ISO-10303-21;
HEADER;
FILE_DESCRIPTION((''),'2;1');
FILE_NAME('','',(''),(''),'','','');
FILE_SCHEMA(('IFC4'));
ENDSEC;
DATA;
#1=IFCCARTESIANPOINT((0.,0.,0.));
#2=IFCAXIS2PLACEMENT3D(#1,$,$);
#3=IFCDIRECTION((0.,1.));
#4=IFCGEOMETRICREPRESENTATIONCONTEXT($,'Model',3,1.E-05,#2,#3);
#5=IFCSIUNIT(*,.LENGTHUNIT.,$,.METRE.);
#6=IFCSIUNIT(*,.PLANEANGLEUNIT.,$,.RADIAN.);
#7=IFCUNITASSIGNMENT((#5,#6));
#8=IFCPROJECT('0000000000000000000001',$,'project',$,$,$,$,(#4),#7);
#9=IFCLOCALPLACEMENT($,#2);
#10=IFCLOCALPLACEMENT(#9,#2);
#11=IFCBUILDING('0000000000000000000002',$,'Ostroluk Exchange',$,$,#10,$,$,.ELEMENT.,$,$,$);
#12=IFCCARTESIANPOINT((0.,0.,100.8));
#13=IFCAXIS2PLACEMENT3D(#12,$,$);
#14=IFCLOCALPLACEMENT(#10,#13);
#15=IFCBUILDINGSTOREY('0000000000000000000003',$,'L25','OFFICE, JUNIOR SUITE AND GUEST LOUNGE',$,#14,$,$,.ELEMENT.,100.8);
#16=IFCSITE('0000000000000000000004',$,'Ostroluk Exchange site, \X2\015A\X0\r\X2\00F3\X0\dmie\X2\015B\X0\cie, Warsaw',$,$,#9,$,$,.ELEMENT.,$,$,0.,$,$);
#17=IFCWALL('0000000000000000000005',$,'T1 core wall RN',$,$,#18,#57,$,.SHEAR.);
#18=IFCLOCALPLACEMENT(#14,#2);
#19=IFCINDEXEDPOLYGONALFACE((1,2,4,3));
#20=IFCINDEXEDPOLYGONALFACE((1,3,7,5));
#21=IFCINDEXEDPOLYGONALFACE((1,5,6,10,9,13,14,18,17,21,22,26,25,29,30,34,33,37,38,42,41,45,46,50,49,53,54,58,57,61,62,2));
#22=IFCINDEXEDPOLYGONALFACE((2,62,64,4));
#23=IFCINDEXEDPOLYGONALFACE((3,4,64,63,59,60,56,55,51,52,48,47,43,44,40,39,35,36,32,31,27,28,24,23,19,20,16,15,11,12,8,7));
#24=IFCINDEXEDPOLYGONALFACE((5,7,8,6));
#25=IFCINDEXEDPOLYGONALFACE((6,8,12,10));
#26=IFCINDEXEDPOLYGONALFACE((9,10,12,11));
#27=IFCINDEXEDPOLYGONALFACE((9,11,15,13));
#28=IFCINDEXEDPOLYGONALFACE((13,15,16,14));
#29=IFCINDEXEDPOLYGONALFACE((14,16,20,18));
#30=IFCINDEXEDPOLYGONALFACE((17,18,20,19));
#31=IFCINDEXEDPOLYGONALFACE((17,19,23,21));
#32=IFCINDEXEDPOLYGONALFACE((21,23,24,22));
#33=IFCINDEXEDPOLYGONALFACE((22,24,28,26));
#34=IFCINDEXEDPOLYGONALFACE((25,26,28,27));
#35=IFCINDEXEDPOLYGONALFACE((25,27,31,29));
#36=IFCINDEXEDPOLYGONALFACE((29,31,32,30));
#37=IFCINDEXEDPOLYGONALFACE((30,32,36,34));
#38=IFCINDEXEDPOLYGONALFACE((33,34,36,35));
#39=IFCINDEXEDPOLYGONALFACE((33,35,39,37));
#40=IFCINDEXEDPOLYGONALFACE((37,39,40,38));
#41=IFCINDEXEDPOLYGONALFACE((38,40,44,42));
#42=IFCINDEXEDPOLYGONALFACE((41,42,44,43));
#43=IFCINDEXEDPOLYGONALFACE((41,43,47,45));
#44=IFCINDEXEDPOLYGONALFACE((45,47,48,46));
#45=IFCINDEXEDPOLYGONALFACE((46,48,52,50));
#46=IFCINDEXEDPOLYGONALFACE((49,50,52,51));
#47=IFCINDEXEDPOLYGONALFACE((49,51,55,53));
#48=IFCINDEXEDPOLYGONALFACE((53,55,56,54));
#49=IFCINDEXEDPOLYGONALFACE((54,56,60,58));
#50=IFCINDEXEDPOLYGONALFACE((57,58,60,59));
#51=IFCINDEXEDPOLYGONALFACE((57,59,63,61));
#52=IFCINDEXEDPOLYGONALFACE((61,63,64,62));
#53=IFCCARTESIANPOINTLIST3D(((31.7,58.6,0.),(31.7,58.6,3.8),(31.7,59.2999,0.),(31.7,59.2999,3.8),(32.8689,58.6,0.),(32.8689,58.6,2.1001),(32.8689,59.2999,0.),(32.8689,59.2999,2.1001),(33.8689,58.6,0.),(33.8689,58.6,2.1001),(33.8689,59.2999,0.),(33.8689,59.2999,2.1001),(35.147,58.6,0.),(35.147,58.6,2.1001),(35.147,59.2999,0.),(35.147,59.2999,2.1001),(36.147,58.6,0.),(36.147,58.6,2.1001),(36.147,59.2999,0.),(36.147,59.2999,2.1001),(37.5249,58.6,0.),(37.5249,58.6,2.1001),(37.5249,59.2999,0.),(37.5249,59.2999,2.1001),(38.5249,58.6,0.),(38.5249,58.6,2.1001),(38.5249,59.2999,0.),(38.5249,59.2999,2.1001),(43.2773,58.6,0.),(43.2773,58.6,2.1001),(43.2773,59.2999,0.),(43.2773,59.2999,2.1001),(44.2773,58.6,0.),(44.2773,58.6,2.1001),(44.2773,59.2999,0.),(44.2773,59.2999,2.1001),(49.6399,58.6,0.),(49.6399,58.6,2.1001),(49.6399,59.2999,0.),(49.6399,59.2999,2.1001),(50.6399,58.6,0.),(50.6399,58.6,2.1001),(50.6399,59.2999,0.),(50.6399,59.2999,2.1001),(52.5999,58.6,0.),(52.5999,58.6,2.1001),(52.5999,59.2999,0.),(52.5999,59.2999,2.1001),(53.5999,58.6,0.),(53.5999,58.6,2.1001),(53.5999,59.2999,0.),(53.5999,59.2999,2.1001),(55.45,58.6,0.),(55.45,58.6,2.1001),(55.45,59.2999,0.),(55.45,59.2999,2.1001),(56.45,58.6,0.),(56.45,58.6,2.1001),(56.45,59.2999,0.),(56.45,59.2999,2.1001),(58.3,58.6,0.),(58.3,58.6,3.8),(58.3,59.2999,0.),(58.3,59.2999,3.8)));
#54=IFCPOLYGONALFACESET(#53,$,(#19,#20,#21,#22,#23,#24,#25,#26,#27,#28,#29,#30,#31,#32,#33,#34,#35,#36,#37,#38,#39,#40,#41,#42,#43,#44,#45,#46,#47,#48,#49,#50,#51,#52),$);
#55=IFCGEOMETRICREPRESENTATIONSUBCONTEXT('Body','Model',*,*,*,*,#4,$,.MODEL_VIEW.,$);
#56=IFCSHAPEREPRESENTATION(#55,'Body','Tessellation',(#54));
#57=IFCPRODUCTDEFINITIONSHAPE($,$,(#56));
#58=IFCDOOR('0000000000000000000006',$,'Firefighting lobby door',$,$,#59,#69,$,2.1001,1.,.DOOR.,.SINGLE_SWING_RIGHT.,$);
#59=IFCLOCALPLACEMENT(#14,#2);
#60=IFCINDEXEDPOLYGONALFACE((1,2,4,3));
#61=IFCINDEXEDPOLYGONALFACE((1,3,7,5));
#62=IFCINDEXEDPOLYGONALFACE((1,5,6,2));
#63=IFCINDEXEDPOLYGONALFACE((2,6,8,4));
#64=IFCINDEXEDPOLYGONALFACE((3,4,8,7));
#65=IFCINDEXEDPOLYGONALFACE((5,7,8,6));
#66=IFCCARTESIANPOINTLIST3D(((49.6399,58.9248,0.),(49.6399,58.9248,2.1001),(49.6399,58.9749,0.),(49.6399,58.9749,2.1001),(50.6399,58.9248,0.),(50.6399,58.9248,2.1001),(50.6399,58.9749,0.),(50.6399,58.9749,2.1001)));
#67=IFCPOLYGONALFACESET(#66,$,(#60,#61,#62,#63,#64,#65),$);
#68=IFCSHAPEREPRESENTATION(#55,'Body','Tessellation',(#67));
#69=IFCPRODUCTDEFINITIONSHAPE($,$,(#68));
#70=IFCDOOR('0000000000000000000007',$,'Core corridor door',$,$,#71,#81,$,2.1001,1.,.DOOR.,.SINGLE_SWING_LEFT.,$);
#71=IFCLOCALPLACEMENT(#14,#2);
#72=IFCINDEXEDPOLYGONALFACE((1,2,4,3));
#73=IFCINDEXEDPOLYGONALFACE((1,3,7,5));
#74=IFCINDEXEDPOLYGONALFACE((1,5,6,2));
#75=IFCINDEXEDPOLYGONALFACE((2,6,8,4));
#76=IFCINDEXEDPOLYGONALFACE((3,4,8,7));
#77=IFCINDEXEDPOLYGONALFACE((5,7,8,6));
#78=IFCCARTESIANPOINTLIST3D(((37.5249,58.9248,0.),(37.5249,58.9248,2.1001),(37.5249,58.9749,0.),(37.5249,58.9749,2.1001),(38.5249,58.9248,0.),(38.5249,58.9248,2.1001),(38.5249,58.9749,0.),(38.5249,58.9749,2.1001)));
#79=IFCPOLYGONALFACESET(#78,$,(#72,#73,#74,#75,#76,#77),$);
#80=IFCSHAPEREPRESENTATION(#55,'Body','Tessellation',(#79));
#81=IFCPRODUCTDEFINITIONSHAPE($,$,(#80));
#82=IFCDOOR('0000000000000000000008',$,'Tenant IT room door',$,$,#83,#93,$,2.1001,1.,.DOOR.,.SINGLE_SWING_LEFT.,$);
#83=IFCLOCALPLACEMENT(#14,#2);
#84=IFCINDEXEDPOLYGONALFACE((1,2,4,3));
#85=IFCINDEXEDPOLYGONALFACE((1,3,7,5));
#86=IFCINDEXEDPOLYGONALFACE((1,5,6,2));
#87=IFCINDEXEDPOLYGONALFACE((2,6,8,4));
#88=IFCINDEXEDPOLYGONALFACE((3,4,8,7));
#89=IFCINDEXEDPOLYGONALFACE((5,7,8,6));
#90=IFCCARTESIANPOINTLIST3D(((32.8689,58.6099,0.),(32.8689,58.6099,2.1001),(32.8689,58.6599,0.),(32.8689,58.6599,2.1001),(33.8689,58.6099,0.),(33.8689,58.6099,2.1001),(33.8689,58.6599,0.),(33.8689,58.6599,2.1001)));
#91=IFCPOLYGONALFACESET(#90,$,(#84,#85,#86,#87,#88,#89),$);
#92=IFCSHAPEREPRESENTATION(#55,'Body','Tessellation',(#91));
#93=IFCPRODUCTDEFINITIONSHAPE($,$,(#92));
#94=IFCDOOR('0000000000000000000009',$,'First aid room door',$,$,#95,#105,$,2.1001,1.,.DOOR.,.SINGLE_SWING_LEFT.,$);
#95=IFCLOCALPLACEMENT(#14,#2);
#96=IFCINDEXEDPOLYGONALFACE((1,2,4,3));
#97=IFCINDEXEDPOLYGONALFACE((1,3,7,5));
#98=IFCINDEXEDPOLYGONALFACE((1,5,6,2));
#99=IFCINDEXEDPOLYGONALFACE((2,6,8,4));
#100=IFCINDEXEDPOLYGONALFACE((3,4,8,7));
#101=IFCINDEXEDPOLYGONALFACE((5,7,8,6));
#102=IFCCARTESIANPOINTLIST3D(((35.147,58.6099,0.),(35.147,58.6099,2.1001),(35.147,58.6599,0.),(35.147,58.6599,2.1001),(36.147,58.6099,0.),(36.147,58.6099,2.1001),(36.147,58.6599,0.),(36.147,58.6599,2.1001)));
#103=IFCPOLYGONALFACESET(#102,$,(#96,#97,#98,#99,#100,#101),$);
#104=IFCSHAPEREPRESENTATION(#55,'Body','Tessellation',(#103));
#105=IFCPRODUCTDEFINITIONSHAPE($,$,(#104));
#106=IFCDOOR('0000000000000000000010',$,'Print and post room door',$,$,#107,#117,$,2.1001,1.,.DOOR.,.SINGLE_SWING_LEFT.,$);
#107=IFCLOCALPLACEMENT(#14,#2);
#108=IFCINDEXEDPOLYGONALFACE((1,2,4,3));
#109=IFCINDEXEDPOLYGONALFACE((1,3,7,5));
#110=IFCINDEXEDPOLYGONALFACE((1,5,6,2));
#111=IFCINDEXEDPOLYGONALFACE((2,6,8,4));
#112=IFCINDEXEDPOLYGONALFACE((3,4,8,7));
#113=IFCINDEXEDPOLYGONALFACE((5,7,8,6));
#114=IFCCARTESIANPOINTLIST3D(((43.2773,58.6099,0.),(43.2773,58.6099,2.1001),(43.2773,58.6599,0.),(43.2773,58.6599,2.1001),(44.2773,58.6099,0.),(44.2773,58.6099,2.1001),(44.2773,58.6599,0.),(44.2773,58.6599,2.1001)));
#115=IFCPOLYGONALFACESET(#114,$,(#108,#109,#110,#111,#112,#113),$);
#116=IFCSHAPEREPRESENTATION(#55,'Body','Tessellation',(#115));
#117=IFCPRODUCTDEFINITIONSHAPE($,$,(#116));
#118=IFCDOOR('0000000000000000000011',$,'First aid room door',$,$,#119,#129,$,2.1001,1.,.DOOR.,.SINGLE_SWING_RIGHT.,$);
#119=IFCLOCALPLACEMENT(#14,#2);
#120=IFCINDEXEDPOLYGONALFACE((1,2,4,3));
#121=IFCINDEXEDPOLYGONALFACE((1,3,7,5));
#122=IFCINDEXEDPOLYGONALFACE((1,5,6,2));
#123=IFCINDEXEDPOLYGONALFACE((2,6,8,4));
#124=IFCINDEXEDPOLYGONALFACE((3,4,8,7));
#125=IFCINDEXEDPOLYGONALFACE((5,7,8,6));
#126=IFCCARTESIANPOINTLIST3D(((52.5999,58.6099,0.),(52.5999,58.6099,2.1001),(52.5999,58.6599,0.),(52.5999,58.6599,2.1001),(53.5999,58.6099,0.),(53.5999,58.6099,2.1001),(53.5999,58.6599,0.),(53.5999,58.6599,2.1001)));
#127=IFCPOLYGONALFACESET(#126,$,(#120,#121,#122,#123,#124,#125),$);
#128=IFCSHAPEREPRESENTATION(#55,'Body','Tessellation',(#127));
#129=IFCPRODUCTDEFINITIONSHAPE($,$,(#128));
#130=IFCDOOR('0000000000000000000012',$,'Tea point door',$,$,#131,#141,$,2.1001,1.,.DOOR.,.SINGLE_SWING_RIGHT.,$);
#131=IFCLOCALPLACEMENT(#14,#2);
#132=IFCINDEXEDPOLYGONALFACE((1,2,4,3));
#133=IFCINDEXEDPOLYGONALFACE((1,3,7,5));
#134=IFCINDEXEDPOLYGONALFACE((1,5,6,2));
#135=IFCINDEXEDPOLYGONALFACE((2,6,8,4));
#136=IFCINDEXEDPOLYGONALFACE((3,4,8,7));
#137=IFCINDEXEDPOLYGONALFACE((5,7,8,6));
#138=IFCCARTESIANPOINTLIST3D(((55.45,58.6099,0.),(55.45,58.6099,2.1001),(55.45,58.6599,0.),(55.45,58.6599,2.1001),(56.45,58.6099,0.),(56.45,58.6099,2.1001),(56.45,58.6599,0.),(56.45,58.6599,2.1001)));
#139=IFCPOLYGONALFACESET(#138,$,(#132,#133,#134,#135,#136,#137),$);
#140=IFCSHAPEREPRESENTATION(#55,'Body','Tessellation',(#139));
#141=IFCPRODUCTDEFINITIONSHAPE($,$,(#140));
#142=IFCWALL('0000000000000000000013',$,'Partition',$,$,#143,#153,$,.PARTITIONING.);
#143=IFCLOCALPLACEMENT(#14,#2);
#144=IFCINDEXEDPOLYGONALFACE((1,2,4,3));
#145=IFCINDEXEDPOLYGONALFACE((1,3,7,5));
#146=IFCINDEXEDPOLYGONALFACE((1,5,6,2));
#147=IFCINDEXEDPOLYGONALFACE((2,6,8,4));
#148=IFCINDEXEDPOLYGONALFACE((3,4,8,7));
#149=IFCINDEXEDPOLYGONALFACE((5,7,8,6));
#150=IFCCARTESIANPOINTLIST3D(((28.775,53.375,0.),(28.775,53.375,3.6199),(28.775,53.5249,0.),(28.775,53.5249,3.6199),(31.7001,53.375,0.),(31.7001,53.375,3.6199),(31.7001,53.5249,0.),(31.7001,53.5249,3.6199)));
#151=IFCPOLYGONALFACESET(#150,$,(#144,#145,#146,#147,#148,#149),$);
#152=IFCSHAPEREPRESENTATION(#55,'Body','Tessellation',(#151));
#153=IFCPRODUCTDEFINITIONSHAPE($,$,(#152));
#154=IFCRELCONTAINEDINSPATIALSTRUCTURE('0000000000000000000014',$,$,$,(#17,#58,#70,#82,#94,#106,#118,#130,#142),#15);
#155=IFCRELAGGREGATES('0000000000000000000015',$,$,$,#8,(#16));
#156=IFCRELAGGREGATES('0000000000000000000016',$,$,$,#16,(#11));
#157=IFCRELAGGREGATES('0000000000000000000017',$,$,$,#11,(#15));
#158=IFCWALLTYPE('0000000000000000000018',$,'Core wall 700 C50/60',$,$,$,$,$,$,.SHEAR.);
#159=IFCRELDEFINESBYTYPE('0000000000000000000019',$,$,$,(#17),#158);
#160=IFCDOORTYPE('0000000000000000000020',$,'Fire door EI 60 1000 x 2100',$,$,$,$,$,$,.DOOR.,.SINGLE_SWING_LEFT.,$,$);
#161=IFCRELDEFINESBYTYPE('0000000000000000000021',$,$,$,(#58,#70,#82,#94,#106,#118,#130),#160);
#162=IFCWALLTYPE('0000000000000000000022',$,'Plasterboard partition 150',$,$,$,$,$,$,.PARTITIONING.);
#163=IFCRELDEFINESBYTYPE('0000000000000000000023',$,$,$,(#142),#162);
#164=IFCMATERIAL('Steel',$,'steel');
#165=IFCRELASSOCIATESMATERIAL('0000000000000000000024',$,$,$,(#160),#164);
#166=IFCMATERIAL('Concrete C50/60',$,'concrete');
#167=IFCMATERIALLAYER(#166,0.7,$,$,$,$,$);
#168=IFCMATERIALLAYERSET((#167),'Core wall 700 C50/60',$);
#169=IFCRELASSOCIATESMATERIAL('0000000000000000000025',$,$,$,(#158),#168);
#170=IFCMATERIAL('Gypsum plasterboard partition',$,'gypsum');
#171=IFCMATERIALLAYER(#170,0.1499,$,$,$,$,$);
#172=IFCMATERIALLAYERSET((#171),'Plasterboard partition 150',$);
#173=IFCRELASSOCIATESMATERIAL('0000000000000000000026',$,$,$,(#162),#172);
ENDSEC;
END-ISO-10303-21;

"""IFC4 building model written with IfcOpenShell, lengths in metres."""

from ifc_helpers import new_model, si_unit, direction, frame, frame_2d, origin, place, context, subcontext, project, spatial, rectangle, extrude, material, layer, layer_set, type_object, element, fill, save


model = new_model("IFC4")

# Units and contexts
model_context = context("Model", 3, precision=1e-05, world=origin(), true_north=direction((0.0, 1.0)))
body_context = subcontext(model_context, "Body", "Model", "MODEL_VIEW")
ifc_project = project(units=[si_unit("LENGTHUNIT", "METRE"), si_unit("PLANEANGLEUNIT", "RADIAN")], contexts=[model_context])

# Site, building, storey
site_placement = place(None, origin())
site = spatial("IfcSite", under=ifc_project, at=site_placement, Name="Ostroluk Exchange site, Śródmieście, Warsaw", CompositionType="ELEMENT", RefElevation=0.0)
building_placement = place(site_placement, origin())
building = spatial("IfcBuilding", under=site, at=building_placement, Name="Ostroluk Exchange", CompositionType="ELEMENT")
storey_placement = place(building_placement, frame((0.0, 0.0, 100.8)))
storey = spatial("IfcBuildingStorey", under=building, at=storey_placement, Name="L25", Description="OFFICE, JUNIOR SUITE AND GUEST LOUNGE", CompositionType="ELEMENT", Elevation=100.8)

# Wall, openings, doors
ifc_material_1 = material(Name="Steel", Category="steel")
door_type = type_object("IfcDoorType", Name="Fire door EI 60 1000 x 2100", OperationType="SINGLE_SWING_LEFT", PredefinedType="DOOR", material=ifc_material_1)
ifc_material_2 = material(Name="Concrete C50/60", Category="concrete")
ifc_layer_1 = layer(ifc_material_2, 0.7)
ifc_layer_set_1 = layer_set([ifc_layer_1], Name="Core wall 700 C50/60")
wall_type_1 = type_object("IfcWallType", Name="Core wall 700 C50/60", PredefinedType="SHEAR", material=ifc_layer_set_1)
wall_1_placement = place(storey_placement, frame((31.7, 58.95, 0.0), z_axis=(0.0, 0.0, 1.0), x_axis=(1.0, 0.0, 0.0)))
wall_1 = element("IfcWall", 1, at=wall_1_placement, inside=storey, type_object=wall_type_1, Name="T1 core wall RN", PredefinedType="SHEAR", context=body_context, shape_type="SweptSolid", body=[
    extrude(rectangle(XDim=26.6001, YDim=0.7, at=frame_2d((13.3, 0.0))), origin(), (0.0, 0.0, 1.0), 3.8),
])
opening_1_placement = place(wall_1_placement, frame((17.9399, 0.0, 0.0)))
opening_1 = element("IfcOpeningElement", 2, at=opening_1_placement, cuts=wall_1, PredefinedType="OPENING", context=body_context, shape_type="SweptSolid", body=[
    extrude(rectangle(XDim=1.0, YDim=2.1001, at=frame_2d((0.5, 1.05))), frame((0.0, 0.3599, 0.0), z_axis=(0.0, -1.0, 0.0), x_axis=(1.0, 0.0, 0.0)), (0.0, 0.0, 1.0), 0.72),
])
opening_2_placement = place(wall_1_placement, frame((5.825, 0.0, 0.0)))
opening_2 = element("IfcOpeningElement", 3, at=opening_2_placement, cuts=wall_1, PredefinedType="OPENING", context=body_context, shape_type="SweptSolid", body=[
    extrude(rectangle(XDim=1.0, YDim=2.1001, at=frame_2d((0.5, 1.05))), frame((0.0, 0.3599, 0.0), z_axis=(0.0, -1.0, 0.0), x_axis=(1.0, 0.0, 0.0)), (0.0, 0.0, 1.0), 0.72),
])
opening_3_placement = place(wall_1_placement, frame((1.1689, 0.0, 0.0)))
opening_3 = element("IfcOpeningElement", 4, at=opening_3_placement, cuts=wall_1, PredefinedType="OPENING", context=body_context, shape_type="SweptSolid", body=[
    extrude(rectangle(XDim=1.0, YDim=2.1001, at=frame_2d((0.5, 1.05))), frame((0.0, 0.3599, 0.0), z_axis=(0.0, -1.0, 0.0), x_axis=(1.0, 0.0, 0.0)), (0.0, 0.0, 1.0), 0.72),
])
opening_4_placement = place(wall_1_placement, frame((3.447, 0.0, 0.0)))
opening_4 = element("IfcOpeningElement", 5, at=opening_4_placement, cuts=wall_1, PredefinedType="OPENING", context=body_context, shape_type="SweptSolid", body=[
    extrude(rectangle(XDim=1.0, YDim=2.1001, at=frame_2d((0.5, 1.05))), frame((0.0, 0.3599, 0.0), z_axis=(0.0, -1.0, 0.0), x_axis=(1.0, 0.0, 0.0)), (0.0, 0.0, 1.0), 0.72),
])
opening_5_placement = place(wall_1_placement, frame((11.5774, 0.0, 0.0)))
opening_5 = element("IfcOpeningElement", 6, at=opening_5_placement, cuts=wall_1, PredefinedType="OPENING", context=body_context, shape_type="SweptSolid", body=[
    extrude(rectangle(XDim=1.0, YDim=2.1001, at=frame_2d((0.5, 1.05))), frame((0.0, 0.3599, 0.0), z_axis=(0.0, -1.0, 0.0), x_axis=(1.0, 0.0, 0.0)), (0.0, 0.0, 1.0), 0.72),
])
opening_6_placement = place(wall_1_placement, frame((20.8999, 0.0, 0.0)))
opening_6 = element("IfcOpeningElement", 7, at=opening_6_placement, cuts=wall_1, PredefinedType="OPENING", context=body_context, shape_type="SweptSolid", body=[
    extrude(rectangle(XDim=1.0, YDim=2.1001, at=frame_2d((0.5, 1.05))), frame((0.0, 0.3599, 0.0), z_axis=(0.0, -1.0, 0.0), x_axis=(1.0, 0.0, 0.0)), (0.0, 0.0, 1.0), 0.72),
])
opening_7_placement = place(wall_1_placement, frame((23.75, 0.0, 0.0)))
opening_7 = element("IfcOpeningElement", 8, at=opening_7_placement, cuts=wall_1, PredefinedType="OPENING", context=body_context, shape_type="SweptSolid", body=[
    extrude(rectangle(XDim=1.0, YDim=2.1001, at=frame_2d((0.5, 1.05))), frame((0.0, 0.3599, 0.0), z_axis=(0.0, -1.0, 0.0), x_axis=(1.0, 0.0, 0.0)), (0.0, 0.0, 1.0), 0.72),
])
door_1_placement = place(opening_1_placement, origin())
door_1 = element("IfcDoor", 9, at=door_1_placement, inside=storey, type_object=door_type, Name="Firefighting lobby door", OperationType="SINGLE_SWING_RIGHT", OverallHeight=2.1001, OverallWidth=1.0, PredefinedType="DOOR", context=body_context, shape_type="SweptSolid", body=[
    extrude(rectangle(XDim=1.0, YDim=2.1001, at=frame_2d((0.5, 1.05))), frame((0.0, 0.0249, 0.0), z_axis=(0.0, -1.0, 0.0), x_axis=(1.0, 0.0, 0.0)), (0.0, 0.0, 1.0), 0.05),
])
fill(opening_1, door_1)
door_2_placement = place(opening_2_placement, origin())
door_2 = element("IfcDoor", 10, at=door_2_placement, inside=storey, type_object=door_type, Name="Core corridor door", OperationType="SINGLE_SWING_LEFT", OverallHeight=2.1001, OverallWidth=1.0, PredefinedType="DOOR", context=body_context, shape_type="SweptSolid", body=[
    extrude(rectangle(XDim=1.0, YDim=2.1001, at=frame_2d((0.5, 1.05))), frame((0.0, 0.0249, 0.0), z_axis=(0.0, -1.0, 0.0), x_axis=(1.0, 0.0, 0.0)), (0.0, 0.0, 1.0), 0.05),
])
fill(opening_2, door_2)
door_3_placement = place(opening_3_placement, origin())
door_3 = element("IfcDoor", 11, at=door_3_placement, inside=storey, type_object=door_type, Name="Tenant IT room door", OperationType="SINGLE_SWING_LEFT", OverallHeight=2.1001, OverallWidth=1.0, PredefinedType="DOOR", context=body_context, shape_type="SweptSolid", body=[
    extrude(rectangle(XDim=1.0, YDim=2.1001, at=frame_2d((0.5, 1.05))), frame((0.0, -0.29, 0.0), z_axis=(0.0, -1.0, 0.0), x_axis=(1.0, 0.0, 0.0)), (0.0, 0.0, 1.0), 0.05),
])
fill(opening_3, door_3)
door_4_placement = place(opening_4_placement, origin())
door_4 = element("IfcDoor", 12, at=door_4_placement, inside=storey, type_object=door_type, Name="First aid room door", OperationType="SINGLE_SWING_LEFT", OverallHeight=2.1001, OverallWidth=1.0, PredefinedType="DOOR", context=body_context, shape_type="SweptSolid", body=[
    extrude(rectangle(XDim=1.0, YDim=2.1001, at=frame_2d((0.5, 1.05))), frame((0.0, -0.29, 0.0), z_axis=(0.0, -1.0, 0.0), x_axis=(1.0, 0.0, 0.0)), (0.0, 0.0, 1.0), 0.05),
])
fill(opening_4, door_4)
door_5_placement = place(opening_5_placement, origin())
door_5 = element("IfcDoor", 13, at=door_5_placement, inside=storey, type_object=door_type, Name="Print and post room door", OperationType="SINGLE_SWING_LEFT", OverallHeight=2.1001, OverallWidth=1.0, PredefinedType="DOOR", context=body_context, shape_type="SweptSolid", body=[
    extrude(rectangle(XDim=1.0, YDim=2.1001, at=frame_2d((0.5, 1.05))), frame((0.0, -0.29, 0.0), z_axis=(0.0, -1.0, 0.0), x_axis=(1.0, 0.0, 0.0)), (0.0, 0.0, 1.0), 0.05),
])
fill(opening_5, door_5)
door_6_placement = place(opening_6_placement, origin())
door_6 = element("IfcDoor", 14, at=door_6_placement, inside=storey, type_object=door_type, Name="First aid room door", OperationType="SINGLE_SWING_RIGHT", OverallHeight=2.1001, OverallWidth=1.0, PredefinedType="DOOR", context=body_context, shape_type="SweptSolid", body=[
    extrude(rectangle(XDim=1.0, YDim=2.1001, at=frame_2d((0.5, 1.05))), frame((0.0, -0.29, 0.0), z_axis=(0.0, -1.0, 0.0), x_axis=(1.0, 0.0, 0.0)), (0.0, 0.0, 1.0), 0.05),
])
fill(opening_6, door_6)
door_7_placement = place(opening_7_placement, origin())
door_7 = element("IfcDoor", 15, at=door_7_placement, inside=storey, type_object=door_type, Name="Tea point door", OperationType="SINGLE_SWING_RIGHT", OverallHeight=2.1001, OverallWidth=1.0, PredefinedType="DOOR", context=body_context, shape_type="SweptSolid", body=[
    extrude(rectangle(XDim=1.0, YDim=2.1001, at=frame_2d((0.5, 1.05))), frame((0.0, -0.29, 0.0), z_axis=(0.0, -1.0, 0.0), x_axis=(1.0, 0.0, 0.0)), (0.0, 0.0, 1.0), 0.05),
])
fill(opening_7, door_7)

# Wall
ifc_material_3 = material(Name="Gypsum plasterboard partition", Category="gypsum")
ifc_layer_2 = layer(ifc_material_3, 0.1499)
ifc_layer_set_2 = layer_set([ifc_layer_2], Name="Plasterboard partition 150")
wall_type_2 = type_object("IfcWallType", Name="Plasterboard partition 150", PredefinedType="PARTITIONING", material=ifc_layer_set_2)
wall_2_placement = place(storey_placement, frame((31.7, 53.45, 0.0), z_axis=(0.0, 0.0, 1.0), x_axis=(-1.0, 0.0, 0.0)))
element("IfcWall", 16, at=wall_2_placement, inside=storey, type_object=wall_type_2, Name="Partition", PredefinedType="PARTITIONING", context=body_context, shape_type="SweptSolid", body=[
    extrude(rectangle(XDim=2.925, YDim=0.1499, at=frame_2d((1.4624, 0.0))), origin(), (0.0, 0.0, 1.0), 3.6199),
])

save(model, "model.ifc")
